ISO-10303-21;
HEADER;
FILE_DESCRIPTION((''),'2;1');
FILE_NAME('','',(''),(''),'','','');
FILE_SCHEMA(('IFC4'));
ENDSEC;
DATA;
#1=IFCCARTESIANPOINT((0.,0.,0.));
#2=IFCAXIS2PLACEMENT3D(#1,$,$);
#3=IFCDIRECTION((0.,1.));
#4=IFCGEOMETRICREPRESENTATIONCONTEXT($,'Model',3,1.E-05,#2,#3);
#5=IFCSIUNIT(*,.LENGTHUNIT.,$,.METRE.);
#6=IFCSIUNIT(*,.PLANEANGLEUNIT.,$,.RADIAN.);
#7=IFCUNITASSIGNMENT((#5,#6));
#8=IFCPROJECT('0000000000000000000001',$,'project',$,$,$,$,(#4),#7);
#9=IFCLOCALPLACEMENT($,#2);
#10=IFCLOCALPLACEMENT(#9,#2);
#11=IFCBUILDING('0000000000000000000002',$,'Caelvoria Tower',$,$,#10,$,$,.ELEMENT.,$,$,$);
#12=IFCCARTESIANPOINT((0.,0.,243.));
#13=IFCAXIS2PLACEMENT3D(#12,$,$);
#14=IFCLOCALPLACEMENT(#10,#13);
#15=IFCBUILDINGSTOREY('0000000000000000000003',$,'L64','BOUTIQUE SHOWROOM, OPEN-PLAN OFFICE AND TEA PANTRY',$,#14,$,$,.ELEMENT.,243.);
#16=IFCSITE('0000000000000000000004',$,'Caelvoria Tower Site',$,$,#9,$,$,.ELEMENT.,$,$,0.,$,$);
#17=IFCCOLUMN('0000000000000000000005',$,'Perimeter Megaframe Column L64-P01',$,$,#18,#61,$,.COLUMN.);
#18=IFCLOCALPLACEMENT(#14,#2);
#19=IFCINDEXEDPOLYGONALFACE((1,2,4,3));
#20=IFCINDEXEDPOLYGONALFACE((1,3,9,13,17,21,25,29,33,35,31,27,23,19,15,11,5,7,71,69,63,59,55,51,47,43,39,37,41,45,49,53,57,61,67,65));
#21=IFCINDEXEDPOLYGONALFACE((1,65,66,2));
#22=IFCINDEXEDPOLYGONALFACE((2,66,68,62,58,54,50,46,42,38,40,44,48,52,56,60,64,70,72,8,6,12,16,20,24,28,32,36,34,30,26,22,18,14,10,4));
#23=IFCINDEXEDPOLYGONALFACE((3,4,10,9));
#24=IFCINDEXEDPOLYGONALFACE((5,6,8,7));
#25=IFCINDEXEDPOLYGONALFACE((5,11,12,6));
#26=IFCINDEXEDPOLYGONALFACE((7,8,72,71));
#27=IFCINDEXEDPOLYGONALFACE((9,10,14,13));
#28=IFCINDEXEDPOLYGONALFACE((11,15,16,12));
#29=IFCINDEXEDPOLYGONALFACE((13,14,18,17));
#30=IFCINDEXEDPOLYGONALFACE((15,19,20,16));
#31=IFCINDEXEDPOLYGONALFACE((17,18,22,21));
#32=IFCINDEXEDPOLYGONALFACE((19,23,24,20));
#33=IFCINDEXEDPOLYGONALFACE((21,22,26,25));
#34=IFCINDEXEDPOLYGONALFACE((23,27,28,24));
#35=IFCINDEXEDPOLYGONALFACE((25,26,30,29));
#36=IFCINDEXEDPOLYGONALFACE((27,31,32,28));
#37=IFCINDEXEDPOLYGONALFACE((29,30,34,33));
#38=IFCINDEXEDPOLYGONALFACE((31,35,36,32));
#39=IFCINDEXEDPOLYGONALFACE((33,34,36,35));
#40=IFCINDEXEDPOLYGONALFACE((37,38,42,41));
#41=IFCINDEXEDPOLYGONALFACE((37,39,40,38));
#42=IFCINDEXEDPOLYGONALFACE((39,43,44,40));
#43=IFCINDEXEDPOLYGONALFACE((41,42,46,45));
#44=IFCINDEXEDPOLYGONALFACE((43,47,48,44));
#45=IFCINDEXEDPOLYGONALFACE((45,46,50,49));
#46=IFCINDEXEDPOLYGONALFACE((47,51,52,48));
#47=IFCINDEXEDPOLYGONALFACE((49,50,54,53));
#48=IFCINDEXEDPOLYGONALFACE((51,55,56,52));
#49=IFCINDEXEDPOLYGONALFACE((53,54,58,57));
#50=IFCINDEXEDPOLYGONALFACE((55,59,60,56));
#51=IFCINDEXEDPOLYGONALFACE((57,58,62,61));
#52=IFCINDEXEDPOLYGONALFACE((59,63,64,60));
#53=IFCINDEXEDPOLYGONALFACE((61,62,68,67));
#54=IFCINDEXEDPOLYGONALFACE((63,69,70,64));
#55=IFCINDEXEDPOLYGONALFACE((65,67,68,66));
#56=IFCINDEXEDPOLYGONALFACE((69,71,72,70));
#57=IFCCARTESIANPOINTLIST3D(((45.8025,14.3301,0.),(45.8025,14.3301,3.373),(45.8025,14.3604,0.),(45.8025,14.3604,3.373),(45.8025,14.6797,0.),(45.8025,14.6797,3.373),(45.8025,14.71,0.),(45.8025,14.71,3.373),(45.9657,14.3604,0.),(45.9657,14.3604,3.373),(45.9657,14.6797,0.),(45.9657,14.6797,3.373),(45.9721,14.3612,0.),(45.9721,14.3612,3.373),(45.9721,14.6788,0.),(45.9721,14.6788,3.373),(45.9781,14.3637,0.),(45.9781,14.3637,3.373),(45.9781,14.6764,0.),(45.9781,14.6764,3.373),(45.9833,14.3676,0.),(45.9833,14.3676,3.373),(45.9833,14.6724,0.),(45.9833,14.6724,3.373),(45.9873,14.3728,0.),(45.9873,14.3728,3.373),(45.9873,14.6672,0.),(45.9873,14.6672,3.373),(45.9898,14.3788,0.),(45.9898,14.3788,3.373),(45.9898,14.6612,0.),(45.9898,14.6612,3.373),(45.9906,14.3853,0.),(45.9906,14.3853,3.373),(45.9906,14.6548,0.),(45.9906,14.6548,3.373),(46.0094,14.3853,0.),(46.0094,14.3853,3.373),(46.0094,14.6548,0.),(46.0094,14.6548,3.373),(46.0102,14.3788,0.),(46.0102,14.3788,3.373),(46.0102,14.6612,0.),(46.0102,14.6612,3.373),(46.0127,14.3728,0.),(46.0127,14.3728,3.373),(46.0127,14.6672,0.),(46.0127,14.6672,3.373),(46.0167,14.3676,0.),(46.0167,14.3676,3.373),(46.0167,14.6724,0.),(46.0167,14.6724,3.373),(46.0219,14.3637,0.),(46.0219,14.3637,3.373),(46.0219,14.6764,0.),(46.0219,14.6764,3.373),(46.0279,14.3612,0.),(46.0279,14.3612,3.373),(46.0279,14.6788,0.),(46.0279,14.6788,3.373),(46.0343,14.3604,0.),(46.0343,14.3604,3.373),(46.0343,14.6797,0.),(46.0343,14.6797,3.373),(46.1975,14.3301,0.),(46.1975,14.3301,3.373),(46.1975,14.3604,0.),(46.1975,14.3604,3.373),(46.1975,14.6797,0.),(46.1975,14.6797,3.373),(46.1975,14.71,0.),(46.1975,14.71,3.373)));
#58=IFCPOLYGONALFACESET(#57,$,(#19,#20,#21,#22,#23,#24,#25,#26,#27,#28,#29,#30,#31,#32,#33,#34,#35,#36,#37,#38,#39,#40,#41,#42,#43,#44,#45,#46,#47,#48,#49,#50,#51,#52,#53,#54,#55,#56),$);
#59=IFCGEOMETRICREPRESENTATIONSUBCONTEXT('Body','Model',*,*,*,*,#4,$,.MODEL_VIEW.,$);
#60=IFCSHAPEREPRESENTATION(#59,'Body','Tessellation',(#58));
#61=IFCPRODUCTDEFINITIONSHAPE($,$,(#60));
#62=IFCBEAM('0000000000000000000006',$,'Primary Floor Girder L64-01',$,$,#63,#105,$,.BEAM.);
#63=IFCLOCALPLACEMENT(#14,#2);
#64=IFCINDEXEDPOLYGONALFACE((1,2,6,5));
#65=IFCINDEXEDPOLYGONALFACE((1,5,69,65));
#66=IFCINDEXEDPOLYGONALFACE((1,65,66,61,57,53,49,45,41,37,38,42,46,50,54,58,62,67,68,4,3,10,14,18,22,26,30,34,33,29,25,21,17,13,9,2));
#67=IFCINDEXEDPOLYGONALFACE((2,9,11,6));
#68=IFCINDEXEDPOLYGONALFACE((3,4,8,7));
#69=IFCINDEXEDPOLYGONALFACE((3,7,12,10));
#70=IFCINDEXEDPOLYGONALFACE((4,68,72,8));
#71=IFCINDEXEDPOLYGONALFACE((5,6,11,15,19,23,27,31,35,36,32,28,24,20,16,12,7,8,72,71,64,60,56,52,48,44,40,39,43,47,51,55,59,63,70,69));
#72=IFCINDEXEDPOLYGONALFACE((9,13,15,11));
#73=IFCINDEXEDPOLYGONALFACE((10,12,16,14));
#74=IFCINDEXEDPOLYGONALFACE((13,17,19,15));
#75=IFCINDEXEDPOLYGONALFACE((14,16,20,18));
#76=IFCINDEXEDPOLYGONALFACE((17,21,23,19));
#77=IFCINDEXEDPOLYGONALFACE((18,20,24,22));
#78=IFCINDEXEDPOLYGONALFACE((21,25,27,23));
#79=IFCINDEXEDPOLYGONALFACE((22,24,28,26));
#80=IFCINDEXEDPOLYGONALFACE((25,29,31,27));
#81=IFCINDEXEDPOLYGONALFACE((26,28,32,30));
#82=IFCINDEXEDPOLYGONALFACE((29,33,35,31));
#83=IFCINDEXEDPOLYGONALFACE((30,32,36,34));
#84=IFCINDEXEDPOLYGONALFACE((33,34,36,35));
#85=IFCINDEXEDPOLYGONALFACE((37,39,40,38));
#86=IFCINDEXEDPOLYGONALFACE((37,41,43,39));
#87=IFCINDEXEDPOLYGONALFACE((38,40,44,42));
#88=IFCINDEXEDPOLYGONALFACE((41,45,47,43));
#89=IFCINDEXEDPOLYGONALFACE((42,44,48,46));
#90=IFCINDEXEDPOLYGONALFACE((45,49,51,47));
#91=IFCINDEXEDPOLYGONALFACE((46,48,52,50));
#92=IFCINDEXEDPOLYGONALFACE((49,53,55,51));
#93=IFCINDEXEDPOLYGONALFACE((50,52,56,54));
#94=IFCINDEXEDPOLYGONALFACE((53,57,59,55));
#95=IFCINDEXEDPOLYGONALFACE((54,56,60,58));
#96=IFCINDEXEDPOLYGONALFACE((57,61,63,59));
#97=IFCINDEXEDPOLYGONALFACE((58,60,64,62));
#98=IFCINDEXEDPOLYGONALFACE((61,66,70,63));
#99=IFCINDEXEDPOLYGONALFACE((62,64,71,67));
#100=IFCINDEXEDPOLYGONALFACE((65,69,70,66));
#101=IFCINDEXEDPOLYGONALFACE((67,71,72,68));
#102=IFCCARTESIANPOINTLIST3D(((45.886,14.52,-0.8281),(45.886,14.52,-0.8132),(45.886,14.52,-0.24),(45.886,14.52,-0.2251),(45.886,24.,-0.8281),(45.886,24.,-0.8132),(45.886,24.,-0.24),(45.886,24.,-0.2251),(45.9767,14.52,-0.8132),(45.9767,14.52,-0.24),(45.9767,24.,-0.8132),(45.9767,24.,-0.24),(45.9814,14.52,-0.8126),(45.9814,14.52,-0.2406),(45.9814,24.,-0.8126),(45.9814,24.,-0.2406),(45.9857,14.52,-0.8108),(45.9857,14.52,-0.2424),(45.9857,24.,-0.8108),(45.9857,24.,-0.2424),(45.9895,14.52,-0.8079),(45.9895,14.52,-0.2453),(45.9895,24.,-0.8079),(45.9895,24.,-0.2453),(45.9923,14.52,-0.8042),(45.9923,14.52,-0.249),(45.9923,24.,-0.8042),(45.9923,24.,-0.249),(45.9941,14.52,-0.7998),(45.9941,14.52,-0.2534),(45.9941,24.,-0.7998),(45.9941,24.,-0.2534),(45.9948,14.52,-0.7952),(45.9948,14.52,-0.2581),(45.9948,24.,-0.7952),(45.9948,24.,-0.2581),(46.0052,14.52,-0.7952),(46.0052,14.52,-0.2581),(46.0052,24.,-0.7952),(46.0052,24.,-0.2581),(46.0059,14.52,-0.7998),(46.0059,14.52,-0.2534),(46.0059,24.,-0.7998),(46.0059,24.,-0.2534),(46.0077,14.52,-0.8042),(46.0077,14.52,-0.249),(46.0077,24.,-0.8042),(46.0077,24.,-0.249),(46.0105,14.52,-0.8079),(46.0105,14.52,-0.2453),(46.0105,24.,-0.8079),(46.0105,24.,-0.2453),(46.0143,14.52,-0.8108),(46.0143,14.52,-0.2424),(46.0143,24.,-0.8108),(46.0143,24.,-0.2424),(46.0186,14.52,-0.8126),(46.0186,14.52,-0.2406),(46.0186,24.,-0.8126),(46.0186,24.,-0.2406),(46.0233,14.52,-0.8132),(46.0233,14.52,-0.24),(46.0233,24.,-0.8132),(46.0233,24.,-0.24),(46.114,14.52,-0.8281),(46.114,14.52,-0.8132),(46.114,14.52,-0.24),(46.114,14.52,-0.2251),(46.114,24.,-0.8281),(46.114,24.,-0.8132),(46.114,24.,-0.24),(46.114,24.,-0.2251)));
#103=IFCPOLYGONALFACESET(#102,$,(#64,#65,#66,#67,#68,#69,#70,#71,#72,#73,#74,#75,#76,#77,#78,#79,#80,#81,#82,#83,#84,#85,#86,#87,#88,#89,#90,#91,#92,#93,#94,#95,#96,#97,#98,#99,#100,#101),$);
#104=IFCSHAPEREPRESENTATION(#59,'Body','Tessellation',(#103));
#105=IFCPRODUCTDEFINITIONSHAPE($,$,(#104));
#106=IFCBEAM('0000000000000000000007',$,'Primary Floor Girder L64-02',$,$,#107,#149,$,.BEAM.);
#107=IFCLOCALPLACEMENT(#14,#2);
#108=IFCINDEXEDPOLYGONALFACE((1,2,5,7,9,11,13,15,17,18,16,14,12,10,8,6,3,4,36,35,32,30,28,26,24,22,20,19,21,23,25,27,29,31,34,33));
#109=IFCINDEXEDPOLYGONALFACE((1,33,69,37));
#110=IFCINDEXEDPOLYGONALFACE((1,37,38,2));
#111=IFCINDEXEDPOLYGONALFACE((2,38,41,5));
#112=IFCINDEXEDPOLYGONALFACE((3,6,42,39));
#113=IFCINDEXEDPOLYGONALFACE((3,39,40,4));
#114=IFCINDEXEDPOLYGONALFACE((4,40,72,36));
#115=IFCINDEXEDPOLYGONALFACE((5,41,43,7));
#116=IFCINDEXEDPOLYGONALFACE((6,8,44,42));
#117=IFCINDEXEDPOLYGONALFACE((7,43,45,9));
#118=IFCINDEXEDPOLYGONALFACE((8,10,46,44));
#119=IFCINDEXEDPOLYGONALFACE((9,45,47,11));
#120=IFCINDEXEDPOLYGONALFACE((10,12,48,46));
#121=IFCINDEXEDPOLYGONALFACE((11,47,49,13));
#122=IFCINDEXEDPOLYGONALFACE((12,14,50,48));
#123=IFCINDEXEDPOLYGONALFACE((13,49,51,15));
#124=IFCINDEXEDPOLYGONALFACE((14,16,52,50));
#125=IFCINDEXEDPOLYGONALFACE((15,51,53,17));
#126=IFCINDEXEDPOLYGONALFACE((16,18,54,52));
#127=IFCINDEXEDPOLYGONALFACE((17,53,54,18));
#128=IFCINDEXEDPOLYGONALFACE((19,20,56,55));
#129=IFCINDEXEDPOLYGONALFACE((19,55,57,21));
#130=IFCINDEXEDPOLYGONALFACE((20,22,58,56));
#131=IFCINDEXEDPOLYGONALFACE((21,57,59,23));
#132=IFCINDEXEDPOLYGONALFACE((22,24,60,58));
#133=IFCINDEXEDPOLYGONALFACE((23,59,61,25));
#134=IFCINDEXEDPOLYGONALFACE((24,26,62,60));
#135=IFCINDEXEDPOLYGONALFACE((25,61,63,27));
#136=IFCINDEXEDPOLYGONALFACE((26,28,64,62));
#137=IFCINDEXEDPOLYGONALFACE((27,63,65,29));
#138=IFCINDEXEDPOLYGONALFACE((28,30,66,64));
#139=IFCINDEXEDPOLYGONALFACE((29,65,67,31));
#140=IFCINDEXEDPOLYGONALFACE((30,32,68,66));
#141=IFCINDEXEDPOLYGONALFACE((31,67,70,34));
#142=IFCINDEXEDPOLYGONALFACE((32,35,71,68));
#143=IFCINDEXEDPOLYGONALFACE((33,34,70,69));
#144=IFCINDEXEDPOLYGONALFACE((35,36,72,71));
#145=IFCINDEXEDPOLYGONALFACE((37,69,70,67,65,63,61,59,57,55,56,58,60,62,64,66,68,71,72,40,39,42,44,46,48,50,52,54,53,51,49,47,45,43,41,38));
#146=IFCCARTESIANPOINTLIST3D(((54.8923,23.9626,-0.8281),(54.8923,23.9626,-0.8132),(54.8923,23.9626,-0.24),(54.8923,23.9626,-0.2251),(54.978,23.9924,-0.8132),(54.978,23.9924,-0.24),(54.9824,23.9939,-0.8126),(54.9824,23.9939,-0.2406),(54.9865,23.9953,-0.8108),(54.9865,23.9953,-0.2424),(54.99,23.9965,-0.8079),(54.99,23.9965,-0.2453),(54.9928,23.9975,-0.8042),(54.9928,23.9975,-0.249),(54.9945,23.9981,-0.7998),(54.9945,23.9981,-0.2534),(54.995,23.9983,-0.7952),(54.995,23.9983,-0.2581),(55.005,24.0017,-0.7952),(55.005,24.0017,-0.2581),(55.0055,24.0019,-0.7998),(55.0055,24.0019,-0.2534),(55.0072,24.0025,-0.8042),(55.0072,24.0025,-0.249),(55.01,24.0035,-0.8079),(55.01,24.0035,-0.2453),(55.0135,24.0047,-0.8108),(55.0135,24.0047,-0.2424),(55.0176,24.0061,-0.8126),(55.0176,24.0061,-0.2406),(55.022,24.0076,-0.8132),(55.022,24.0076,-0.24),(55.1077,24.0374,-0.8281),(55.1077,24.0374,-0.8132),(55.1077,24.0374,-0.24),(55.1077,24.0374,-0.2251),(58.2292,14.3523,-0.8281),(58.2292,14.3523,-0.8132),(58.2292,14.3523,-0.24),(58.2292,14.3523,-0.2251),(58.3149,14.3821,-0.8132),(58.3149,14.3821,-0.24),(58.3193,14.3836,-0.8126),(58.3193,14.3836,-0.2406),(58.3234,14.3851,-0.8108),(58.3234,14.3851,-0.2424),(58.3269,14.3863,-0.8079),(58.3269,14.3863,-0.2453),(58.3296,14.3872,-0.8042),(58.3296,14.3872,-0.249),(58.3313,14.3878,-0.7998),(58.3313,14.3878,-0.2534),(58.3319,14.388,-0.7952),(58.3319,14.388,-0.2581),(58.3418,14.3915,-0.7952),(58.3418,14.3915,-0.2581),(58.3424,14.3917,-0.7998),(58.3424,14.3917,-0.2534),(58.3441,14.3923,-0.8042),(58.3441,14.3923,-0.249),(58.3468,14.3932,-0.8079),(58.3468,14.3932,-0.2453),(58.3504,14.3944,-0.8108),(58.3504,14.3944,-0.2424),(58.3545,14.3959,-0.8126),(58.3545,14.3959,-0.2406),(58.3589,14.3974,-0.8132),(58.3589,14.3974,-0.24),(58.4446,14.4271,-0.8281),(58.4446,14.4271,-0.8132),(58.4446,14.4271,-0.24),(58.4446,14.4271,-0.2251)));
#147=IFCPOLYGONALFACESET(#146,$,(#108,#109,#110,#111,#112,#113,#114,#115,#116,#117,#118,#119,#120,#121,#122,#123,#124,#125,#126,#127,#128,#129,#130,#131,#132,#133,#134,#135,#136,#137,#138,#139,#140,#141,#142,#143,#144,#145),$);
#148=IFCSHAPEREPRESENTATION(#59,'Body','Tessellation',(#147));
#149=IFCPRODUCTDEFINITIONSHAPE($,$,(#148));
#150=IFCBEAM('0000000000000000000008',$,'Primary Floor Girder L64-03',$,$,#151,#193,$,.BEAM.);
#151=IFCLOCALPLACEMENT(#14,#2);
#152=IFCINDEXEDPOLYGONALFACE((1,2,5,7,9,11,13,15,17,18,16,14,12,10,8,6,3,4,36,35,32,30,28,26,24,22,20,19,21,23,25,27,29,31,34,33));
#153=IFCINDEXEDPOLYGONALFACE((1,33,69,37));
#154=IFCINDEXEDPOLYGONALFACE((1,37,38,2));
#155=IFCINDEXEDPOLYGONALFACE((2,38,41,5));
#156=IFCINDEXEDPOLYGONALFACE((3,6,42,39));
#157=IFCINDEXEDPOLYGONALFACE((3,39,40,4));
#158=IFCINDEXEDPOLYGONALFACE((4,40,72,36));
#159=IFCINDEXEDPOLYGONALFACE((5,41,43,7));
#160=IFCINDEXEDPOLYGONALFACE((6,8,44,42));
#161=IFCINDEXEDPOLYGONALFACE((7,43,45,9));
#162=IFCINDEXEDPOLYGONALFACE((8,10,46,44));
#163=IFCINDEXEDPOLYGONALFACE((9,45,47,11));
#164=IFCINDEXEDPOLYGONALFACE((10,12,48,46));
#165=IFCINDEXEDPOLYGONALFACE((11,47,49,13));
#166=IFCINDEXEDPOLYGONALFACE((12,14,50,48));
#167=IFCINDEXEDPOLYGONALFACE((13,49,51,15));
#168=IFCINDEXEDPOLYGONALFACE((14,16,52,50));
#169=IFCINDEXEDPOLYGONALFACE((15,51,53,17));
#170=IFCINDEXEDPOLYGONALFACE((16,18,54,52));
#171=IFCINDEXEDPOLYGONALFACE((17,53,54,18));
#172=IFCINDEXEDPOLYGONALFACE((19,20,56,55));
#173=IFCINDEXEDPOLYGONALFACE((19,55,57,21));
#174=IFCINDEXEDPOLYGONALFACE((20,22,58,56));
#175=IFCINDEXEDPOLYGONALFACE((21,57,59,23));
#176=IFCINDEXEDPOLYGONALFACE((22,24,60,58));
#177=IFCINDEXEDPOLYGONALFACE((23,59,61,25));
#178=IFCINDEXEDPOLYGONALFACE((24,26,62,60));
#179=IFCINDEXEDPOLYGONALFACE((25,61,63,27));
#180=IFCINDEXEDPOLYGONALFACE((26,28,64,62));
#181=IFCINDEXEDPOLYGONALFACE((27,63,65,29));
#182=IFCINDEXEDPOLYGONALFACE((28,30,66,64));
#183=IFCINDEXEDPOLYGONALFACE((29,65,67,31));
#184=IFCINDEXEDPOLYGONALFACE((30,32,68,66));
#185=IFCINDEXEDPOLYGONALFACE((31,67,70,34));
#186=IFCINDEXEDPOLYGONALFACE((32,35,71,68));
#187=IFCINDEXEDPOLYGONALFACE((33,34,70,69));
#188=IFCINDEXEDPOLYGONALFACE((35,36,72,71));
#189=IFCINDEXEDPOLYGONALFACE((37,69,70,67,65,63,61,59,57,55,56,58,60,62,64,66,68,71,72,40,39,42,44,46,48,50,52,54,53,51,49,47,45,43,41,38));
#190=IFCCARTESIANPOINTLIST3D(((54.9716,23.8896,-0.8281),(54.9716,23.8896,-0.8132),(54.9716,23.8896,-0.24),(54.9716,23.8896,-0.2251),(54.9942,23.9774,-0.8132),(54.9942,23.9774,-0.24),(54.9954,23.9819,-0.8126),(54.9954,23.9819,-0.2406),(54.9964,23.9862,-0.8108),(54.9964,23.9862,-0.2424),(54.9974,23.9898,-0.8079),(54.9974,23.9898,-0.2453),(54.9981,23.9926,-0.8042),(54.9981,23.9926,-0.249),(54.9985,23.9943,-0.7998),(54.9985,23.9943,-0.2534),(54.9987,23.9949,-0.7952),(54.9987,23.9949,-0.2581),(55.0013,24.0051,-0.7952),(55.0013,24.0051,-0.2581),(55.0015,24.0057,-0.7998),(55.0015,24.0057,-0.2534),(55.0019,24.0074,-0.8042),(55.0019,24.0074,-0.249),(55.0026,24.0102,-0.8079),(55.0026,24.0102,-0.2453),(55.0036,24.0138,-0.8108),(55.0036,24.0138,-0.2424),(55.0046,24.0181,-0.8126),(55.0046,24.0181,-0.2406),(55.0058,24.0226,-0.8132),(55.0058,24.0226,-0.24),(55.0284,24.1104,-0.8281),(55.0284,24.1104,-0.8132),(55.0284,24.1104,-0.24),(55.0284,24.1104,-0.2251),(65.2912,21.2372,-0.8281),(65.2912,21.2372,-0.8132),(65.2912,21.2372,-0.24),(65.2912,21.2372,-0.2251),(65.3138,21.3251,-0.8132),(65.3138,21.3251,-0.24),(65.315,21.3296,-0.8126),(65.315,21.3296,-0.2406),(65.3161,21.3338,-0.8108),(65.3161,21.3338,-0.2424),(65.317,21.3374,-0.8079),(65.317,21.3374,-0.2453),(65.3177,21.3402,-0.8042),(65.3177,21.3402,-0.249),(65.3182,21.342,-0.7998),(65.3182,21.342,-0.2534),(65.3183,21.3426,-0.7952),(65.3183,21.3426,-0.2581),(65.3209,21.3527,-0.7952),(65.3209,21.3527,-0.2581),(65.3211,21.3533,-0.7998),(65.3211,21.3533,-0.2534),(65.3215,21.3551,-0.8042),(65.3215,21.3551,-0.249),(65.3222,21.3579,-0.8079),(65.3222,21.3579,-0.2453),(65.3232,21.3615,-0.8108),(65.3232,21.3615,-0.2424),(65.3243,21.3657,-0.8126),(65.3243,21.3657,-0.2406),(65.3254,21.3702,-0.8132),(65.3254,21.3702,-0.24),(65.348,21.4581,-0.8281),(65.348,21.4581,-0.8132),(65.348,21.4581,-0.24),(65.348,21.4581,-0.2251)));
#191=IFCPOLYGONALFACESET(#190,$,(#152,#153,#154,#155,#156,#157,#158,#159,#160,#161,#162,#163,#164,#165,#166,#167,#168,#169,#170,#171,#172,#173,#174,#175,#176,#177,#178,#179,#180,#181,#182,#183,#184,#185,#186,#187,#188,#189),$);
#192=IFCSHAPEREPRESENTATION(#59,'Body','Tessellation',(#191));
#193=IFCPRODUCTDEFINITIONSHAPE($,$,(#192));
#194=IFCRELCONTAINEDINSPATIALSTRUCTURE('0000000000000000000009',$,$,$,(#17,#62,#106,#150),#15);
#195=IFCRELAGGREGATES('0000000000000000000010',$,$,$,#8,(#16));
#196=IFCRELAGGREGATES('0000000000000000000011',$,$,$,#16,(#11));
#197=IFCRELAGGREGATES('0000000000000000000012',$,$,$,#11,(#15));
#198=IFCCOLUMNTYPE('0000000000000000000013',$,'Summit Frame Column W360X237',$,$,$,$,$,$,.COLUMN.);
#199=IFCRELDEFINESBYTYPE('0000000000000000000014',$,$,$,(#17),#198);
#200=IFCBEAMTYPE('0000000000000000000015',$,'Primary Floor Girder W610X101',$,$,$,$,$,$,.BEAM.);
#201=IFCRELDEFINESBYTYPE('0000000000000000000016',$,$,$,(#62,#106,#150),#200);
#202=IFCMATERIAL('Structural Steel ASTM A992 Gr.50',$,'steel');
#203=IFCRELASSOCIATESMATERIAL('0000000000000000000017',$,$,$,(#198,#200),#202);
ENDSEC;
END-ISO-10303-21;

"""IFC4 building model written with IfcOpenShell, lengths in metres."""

from ifc_helpers import new_model, si_unit, direction, frame, origin, origin_2d, place, context, subcontext, project, spatial, i_section, extrude, material, material_profile, profile_set, type_object, element, save


model = new_model("IFC4")

# Units and contexts
model_context = context("Model", 3, precision=1e-05, world=origin(), true_north=direction((0.0, 1.0)))
body_context = subcontext(model_context, "Body", "Model", "MODEL_VIEW")
ifc_project = project(units=[si_unit("LENGTHUNIT", "METRE"), si_unit("PLANEANGLEUNIT", "RADIAN")], contexts=[model_context])

# Site, building, storey
site_placement = place(None, origin())
site = spatial("IfcSite", under=ifc_project, at=site_placement, Name="Caelvoria Tower Site", CompositionType="ELEMENT", RefElevation=0.0)
building_placement = place(site_placement, origin())
building = spatial("IfcBuilding", under=site, at=building_placement, Name="Caelvoria Tower", CompositionType="ELEMENT")
storey_placement = place(building_placement, frame((0.0, 0.0, 243.0)))
storey = spatial("IfcBuildingStorey", under=building, at=storey_placement, Name="L64", Description="BOUTIQUE SHOWROOM, OPEN-PLAN OFFICE AND TEA PANTRY", CompositionType="ELEMENT", Elevation=243.0)

# Column
ifc_material_1 = material(Name="Structural Steel ASTM A992 Gr.50", Category="steel")
ifc_material_profile_1 = material_profile(ifc_material_1, i_section(OverallWidth=0.395, OverallDepth=0.3799, WebThickness=0.0188, FlangeThickness=0.0303, FilletRadius=0.0249, at=origin_2d()), Name="Structural Steel ASTM A992 Gr.50")
ifc_profile_set_1 = profile_set([ifc_material_profile_1], Name="W360X237 - Structural Steel ASTM A992 Gr.50")
column_type = type_object("IfcColumnType", Name="Summit Frame Column W360X237", PredefinedType="COLUMN", material=ifc_profile_set_1)
column_placement = place(storey_placement, frame((46.0, 14.52, 0.0), z_axis=(0.0, 0.0, 1.0), x_axis=(1.0, 0.0, 0.0)))
element("IfcColumn", 1, at=column_placement, inside=storey, type_object=column_type, Name="Perimeter Megaframe Column L64-P01", PredefinedType="COLUMN", context=body_context, shape_type="SweptSolid", body=[
    extrude(i_section(OverallWidth=0.395, OverallDepth=0.3799, WebThickness=0.0188, FlangeThickness=0.0303, FilletRadius=0.0249, at=origin_2d()), origin(), (0.0, 0.0, 1.0), 3.373),
])

# Beams
ifc_material_profile_2 = material_profile(ifc_material_1, i_section(OverallWidth=0.228, OverallDepth=0.603, WebThickness=0.0105, FlangeThickness=0.0149, FilletRadius=0.0181, at=origin_2d()), Name="Structural Steel ASTM A992 Gr.50")
ifc_profile_set_2 = profile_set([ifc_material_profile_2], Name="W610X101 - Structural Steel ASTM A992 Gr.50")
beam_type_1 = type_object("IfcBeamType", Name="Primary Floor Girder W610X101", PredefinedType="BEAM", material=ifc_profile_set_2)
beam_1_placement = place(storey_placement, frame((46.0, 24.0, -0.5266), z_axis=(0.0, -1.0, 0.0), x_axis=(1.0, 0.0, 0.0)))
element("IfcBeam", 2, at=beam_1_placement, inside=storey, type_object=beam_type_1, Name="Primary Floor Girder L64-01", PredefinedType="BEAM", context=body_context, shape_type="SweptSolid", body=[
    extrude(i_section(OverallWidth=0.228, OverallDepth=0.603, WebThickness=0.0105, FlangeThickness=0.0149, FilletRadius=0.0181, at=origin_2d()), origin(), (0.0, 0.0, 1.0), 9.48),
])
beam_2_placement = place(storey_placement, frame((55.0, 24.0, -0.5266), z_axis=(0.32801, -0.944674, 0.0), x_axis=(0.944674, 0.32801, 0.0)))
element("IfcBeam", 3, at=beam_2_placement, inside=storey, type_object=beam_type_1, Name="Primary Floor Girder L64-02", PredefinedType="BEAM", context=body_context, shape_type="SweptSolid", body=[
    extrude(i_section(OverallWidth=0.228, OverallDepth=0.603, WebThickness=0.0105, FlangeThickness=0.0149, FilletRadius=0.0181, at=origin_2d()), origin(), (0.0, 0.0, 1.0), 10.1731),
])
beam_3_placement = place(storey_placement, frame((55.0, 24.0, -0.5266), z_axis=(0.968522, -0.24893, 0.0), x_axis=(0.24893, 0.968522, 0.0)))
element("IfcBeam", 4, at=beam_3_placement, inside=storey, type_object=beam_type_1, Name="Primary Floor Girder L64-03", PredefinedType="BEAM", context=body_context, shape_type="SweptSolid", body=[
    extrude(i_section(OverallWidth=0.228, OverallDepth=0.603, WebThickness=0.0105, FlangeThickness=0.0149, FilletRadius=0.0181, at=origin_2d()), origin(), (0.0, 0.0, 1.0), 10.655),
])

save(model, "model.ifc")
